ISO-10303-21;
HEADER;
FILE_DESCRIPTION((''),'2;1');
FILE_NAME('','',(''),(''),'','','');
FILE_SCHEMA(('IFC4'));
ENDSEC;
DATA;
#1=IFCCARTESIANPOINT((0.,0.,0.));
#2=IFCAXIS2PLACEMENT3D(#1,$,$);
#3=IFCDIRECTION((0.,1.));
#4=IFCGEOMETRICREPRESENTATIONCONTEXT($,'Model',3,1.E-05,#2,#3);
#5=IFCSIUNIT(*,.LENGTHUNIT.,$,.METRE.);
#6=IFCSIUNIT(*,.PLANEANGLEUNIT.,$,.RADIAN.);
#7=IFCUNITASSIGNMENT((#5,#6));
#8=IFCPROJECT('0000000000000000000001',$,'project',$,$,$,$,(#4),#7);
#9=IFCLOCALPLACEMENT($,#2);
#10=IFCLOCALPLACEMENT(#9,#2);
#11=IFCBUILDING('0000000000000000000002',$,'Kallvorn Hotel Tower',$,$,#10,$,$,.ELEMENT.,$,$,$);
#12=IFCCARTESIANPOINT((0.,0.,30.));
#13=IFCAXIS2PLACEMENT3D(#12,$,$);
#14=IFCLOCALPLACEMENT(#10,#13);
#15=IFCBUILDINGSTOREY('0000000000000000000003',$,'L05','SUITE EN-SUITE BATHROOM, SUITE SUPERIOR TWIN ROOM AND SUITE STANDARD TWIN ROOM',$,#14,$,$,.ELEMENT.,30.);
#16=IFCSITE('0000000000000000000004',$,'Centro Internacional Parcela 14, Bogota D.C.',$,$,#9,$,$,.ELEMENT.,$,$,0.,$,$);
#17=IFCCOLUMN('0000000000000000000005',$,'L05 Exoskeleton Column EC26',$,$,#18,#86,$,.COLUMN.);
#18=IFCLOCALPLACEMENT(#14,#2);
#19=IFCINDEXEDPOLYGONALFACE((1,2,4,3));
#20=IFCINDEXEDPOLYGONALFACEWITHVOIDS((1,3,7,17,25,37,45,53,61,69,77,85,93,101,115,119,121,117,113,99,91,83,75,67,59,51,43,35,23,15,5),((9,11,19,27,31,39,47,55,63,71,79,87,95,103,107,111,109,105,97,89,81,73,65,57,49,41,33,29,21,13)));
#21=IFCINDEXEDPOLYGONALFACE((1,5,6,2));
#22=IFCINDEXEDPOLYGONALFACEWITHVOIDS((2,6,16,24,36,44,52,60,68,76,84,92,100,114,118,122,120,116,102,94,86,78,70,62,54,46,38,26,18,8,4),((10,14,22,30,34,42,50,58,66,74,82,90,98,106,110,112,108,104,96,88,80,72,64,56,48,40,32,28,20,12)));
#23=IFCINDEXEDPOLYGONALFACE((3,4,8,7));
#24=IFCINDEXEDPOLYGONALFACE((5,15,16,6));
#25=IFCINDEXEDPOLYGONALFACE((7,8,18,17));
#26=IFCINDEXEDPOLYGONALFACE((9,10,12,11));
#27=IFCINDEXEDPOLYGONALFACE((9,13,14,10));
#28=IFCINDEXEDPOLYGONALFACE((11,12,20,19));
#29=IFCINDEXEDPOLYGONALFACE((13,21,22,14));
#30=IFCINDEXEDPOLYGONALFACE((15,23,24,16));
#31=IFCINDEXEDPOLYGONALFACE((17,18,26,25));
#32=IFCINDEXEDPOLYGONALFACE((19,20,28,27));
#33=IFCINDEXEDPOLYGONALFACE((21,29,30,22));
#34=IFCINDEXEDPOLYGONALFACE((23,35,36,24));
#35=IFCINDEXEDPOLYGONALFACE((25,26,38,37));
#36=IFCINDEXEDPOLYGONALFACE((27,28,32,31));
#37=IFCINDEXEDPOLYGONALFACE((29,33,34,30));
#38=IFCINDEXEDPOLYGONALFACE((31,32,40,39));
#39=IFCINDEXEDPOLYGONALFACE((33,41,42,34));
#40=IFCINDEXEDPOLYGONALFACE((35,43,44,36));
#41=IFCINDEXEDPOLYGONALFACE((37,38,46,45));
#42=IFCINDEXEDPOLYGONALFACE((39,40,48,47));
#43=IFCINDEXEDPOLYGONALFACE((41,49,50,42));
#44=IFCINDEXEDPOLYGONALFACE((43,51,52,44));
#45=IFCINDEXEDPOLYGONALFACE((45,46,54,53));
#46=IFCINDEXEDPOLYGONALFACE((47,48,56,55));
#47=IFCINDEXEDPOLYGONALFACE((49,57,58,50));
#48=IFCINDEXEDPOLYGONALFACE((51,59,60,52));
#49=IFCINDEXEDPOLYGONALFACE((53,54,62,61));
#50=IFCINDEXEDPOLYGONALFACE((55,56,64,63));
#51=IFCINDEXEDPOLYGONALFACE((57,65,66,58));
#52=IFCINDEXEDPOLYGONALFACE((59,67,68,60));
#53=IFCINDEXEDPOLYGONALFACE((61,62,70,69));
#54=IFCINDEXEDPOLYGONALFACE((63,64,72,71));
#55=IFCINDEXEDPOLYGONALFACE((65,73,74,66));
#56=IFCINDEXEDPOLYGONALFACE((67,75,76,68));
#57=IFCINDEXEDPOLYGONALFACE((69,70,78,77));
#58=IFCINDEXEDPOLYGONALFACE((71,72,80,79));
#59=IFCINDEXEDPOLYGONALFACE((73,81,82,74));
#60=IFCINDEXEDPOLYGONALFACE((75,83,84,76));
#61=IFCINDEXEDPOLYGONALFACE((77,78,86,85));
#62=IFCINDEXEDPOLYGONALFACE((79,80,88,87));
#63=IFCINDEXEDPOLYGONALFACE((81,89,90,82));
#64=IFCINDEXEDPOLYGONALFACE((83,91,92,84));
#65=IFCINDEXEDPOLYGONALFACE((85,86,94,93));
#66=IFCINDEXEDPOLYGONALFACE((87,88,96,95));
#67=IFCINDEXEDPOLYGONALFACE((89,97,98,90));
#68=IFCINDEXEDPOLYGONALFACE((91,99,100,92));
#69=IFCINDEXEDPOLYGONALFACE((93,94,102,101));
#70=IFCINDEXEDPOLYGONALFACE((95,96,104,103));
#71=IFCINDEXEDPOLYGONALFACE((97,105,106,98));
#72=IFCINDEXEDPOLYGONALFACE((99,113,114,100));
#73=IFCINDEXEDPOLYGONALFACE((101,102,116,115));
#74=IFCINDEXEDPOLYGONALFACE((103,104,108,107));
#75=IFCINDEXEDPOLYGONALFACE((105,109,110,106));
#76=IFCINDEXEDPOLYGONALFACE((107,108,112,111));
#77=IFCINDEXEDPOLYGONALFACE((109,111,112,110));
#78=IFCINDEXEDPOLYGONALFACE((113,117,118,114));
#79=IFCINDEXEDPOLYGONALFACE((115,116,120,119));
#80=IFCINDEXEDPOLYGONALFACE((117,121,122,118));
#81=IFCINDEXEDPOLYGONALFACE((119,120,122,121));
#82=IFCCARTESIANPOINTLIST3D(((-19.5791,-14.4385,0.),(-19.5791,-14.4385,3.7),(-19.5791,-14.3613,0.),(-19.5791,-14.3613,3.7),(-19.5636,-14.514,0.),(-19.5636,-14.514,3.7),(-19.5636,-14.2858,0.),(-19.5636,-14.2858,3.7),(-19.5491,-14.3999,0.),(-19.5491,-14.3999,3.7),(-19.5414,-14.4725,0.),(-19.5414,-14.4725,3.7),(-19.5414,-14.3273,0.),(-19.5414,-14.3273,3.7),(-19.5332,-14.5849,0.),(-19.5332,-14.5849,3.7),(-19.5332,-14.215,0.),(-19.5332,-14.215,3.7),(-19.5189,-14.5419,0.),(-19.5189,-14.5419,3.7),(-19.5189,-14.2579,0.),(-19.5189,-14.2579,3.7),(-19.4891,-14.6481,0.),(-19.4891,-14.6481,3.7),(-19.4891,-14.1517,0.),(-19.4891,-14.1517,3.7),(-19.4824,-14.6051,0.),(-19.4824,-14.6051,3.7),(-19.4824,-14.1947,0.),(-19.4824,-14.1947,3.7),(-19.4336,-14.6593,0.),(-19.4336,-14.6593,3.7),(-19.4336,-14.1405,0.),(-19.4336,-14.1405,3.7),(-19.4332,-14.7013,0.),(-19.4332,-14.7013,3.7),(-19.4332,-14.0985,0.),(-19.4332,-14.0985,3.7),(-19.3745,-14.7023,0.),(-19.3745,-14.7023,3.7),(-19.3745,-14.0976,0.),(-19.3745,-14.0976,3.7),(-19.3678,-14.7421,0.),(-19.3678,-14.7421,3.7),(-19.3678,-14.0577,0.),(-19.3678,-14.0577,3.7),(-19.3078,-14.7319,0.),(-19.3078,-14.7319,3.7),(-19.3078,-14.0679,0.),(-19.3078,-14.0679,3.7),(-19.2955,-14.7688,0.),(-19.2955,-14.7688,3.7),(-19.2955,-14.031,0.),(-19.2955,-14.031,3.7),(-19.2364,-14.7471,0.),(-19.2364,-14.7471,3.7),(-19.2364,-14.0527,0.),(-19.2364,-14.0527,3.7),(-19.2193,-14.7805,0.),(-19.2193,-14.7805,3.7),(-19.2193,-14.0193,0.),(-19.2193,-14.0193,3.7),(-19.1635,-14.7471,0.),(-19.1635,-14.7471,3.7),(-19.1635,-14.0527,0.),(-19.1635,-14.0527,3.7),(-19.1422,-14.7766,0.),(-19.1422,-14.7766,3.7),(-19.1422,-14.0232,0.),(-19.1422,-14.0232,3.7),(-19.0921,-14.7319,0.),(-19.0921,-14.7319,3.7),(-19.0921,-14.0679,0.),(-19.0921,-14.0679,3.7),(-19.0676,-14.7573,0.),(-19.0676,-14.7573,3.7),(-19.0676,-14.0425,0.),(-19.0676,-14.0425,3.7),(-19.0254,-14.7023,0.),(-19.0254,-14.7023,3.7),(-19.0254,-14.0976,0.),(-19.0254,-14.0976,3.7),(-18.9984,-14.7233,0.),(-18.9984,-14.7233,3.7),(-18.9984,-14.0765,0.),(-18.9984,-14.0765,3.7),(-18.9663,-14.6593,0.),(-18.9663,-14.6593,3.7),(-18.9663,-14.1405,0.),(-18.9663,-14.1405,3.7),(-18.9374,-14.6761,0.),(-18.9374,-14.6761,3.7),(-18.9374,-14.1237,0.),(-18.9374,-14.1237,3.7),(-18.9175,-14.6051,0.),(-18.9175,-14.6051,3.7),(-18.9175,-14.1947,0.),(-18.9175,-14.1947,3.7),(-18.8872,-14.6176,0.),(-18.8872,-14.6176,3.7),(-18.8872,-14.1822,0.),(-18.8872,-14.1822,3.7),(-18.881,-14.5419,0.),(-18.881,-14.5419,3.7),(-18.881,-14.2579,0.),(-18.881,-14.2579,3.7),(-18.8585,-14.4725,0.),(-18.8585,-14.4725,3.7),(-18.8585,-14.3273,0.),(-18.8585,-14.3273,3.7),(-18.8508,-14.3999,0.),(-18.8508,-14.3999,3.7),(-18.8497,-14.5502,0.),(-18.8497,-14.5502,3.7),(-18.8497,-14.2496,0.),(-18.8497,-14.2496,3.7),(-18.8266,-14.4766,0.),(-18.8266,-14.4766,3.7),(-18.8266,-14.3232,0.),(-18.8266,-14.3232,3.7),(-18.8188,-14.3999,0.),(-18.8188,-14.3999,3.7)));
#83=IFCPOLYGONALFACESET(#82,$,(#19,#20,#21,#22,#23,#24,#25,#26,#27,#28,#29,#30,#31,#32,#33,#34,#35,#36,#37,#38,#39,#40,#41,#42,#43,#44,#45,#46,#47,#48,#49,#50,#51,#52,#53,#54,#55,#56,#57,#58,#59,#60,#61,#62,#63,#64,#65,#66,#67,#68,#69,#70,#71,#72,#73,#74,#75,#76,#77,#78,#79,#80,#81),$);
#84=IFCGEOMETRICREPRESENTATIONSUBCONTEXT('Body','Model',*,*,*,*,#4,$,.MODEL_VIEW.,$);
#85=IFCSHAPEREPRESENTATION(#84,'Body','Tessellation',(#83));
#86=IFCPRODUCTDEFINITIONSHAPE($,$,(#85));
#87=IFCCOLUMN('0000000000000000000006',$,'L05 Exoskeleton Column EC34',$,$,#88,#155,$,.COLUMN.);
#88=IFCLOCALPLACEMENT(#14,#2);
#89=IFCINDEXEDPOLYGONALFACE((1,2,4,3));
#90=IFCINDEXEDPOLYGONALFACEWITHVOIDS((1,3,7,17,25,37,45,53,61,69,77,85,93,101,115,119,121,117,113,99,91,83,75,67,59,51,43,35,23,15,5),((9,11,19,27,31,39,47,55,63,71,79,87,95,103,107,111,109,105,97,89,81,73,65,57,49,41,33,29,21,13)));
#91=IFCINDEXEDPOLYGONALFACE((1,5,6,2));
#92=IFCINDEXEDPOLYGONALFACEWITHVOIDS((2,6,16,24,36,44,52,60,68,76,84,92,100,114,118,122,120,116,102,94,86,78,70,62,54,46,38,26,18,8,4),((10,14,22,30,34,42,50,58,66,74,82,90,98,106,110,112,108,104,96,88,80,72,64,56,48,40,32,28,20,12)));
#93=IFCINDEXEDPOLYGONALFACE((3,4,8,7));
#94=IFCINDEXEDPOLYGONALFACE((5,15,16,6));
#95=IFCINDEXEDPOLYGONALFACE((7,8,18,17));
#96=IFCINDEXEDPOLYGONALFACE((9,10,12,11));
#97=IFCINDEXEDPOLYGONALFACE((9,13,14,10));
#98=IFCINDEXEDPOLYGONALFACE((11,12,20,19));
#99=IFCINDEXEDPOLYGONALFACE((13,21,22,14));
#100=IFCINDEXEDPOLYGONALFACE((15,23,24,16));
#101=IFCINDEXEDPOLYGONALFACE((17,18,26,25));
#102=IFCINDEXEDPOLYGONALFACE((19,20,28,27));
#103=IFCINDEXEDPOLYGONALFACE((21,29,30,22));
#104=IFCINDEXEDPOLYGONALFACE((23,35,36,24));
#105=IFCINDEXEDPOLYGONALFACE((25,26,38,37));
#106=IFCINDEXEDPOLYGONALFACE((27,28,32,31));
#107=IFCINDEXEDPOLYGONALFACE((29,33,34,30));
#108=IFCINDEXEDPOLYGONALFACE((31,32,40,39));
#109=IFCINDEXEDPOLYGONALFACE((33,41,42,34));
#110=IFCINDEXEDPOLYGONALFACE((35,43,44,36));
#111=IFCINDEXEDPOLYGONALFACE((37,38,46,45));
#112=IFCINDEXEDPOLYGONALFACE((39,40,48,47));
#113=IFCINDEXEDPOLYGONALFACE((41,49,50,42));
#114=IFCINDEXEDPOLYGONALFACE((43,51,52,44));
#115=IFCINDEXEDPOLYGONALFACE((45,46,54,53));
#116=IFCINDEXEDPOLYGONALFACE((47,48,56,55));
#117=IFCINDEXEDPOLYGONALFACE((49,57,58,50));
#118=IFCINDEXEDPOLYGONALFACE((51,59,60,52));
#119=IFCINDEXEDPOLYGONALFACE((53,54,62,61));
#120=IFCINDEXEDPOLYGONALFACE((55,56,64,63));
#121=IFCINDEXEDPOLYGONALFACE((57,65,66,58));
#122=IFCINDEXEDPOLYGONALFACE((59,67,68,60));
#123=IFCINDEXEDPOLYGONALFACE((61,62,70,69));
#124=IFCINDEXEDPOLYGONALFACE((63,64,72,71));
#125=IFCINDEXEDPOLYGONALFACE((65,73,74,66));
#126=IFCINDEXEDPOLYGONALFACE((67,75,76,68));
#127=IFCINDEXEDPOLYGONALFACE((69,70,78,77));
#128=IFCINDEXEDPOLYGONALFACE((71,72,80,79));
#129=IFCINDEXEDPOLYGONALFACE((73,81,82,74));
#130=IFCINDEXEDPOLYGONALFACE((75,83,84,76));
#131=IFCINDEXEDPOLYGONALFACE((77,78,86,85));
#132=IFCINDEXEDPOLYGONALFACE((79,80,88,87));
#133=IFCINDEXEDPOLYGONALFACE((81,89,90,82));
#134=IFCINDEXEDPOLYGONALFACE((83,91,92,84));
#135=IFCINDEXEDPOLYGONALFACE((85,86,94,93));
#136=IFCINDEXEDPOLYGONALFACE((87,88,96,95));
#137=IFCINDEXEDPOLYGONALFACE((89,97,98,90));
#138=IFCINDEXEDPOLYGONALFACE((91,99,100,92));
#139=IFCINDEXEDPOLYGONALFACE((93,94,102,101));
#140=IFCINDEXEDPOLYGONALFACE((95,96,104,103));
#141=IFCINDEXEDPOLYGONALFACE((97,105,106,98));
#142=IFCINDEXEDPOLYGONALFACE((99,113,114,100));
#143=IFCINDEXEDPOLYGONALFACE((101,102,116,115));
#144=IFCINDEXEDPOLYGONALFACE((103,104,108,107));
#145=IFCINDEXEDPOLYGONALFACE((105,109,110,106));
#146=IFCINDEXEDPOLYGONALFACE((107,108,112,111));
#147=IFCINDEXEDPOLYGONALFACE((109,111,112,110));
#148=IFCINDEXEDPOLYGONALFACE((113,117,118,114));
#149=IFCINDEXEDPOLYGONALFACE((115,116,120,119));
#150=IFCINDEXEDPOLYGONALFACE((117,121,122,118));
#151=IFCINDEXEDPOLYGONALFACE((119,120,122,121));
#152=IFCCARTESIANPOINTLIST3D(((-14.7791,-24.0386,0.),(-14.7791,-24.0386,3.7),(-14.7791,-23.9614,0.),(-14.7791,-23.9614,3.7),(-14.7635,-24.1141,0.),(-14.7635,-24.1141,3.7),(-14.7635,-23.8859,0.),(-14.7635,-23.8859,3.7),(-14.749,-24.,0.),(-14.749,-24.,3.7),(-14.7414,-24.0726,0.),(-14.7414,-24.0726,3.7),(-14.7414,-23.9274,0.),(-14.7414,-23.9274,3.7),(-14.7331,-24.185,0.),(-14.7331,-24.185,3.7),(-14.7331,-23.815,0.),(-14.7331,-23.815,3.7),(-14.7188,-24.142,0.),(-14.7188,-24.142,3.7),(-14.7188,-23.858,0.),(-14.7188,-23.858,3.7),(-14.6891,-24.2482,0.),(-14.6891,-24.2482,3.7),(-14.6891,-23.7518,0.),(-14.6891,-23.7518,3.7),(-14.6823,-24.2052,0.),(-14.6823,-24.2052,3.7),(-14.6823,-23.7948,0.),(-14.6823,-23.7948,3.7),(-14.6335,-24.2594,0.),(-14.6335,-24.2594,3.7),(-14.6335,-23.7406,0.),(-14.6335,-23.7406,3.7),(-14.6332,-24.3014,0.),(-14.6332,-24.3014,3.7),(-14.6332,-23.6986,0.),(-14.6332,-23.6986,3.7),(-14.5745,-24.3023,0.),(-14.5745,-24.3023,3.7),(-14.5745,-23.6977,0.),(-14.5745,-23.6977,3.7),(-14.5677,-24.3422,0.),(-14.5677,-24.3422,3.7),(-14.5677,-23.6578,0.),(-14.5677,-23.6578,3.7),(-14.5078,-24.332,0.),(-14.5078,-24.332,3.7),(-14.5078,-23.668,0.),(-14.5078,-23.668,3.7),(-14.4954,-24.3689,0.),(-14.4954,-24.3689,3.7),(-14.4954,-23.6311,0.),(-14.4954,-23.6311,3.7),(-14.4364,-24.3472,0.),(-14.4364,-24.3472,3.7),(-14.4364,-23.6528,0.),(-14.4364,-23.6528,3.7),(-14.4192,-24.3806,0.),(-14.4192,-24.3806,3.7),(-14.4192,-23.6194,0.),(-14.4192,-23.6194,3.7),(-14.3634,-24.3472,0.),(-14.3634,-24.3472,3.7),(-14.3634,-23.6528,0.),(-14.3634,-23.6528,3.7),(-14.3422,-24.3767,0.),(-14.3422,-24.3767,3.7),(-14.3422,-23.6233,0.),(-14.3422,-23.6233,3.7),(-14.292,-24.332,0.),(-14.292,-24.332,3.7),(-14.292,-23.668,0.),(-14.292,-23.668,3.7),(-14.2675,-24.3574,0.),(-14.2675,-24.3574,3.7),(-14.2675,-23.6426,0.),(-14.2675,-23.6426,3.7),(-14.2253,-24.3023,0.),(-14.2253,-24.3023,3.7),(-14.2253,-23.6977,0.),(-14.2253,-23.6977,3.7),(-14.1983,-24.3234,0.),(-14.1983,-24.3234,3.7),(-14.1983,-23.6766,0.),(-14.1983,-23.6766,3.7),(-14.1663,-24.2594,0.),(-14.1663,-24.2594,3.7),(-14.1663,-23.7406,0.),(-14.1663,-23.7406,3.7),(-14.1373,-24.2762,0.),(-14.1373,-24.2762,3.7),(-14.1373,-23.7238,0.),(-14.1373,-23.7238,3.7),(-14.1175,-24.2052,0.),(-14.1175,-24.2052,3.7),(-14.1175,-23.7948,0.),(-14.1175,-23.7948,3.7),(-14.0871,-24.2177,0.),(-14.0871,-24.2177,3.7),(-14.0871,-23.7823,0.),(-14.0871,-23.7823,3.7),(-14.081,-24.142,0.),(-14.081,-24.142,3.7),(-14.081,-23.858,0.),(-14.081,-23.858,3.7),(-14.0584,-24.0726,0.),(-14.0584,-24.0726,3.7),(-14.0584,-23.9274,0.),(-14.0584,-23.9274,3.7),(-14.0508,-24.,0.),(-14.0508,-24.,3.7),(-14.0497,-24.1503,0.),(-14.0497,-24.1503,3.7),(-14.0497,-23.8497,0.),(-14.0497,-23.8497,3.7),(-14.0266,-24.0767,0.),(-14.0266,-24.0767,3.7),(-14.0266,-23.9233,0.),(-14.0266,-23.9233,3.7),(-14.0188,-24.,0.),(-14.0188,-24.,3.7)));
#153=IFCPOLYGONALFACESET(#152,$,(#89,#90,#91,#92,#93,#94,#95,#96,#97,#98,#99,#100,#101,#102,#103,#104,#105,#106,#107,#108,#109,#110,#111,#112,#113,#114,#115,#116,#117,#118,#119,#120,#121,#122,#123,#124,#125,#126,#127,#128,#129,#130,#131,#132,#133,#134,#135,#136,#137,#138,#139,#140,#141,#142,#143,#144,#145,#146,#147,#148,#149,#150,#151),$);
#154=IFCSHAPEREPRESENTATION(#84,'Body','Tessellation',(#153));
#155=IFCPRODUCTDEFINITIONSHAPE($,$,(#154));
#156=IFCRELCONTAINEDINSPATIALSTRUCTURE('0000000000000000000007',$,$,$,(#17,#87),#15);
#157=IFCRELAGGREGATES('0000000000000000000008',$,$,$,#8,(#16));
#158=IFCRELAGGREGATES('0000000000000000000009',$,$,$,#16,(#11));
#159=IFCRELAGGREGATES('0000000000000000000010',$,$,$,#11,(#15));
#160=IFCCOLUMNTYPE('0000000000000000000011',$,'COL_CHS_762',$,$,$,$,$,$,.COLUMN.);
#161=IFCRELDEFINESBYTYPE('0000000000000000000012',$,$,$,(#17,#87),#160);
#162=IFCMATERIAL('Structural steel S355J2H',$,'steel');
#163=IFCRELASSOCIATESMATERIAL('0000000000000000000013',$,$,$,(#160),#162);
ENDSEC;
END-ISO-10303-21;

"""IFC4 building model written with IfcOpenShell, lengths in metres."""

from ifc_helpers import new_model, si_unit, direction, frame, origin, origin_2d, place, context, subcontext, project, spatial, hollow_circle, extrude, material, material_profile, profile_set, type_object, element, save


model = new_model("IFC4")

# Units and contexts
model_context = context("Model", 3, precision=1e-05, world=origin(), true_north=direction((0.0, 1.0)))
body_context = subcontext(model_context, "Body", "Model", "MODEL_VIEW")
ifc_project = project(units=[si_unit("LENGTHUNIT", "METRE"), si_unit("PLANEANGLEUNIT", "RADIAN")], contexts=[model_context])

# Site, building, storey
site_placement = place(None, origin())
site = spatial("IfcSite", under=ifc_project, at=site_placement, Name="Centro Internacional Parcela 14, Bogota D.C.", CompositionType="ELEMENT", RefElevation=0.0)
building_placement = place(site_placement, origin())
building = spatial("IfcBuilding", under=site, at=building_placement, Name="Kallvorn Hotel Tower", CompositionType="ELEMENT")
storey_placement = place(building_placement, frame((0.0, 0.0, 30.0)))
storey = spatial("IfcBuildingStorey", under=building, at=storey_placement, Name="L05", Description="SUITE EN-SUITE BATHROOM, SUITE SUPERIOR TWIN ROOM AND SUITE STANDARD TWIN ROOM", CompositionType="ELEMENT", Elevation=30.0)

# Columns
ifc_material_1 = material(Name="Structural steel S355J2H", Category="steel")
ifc_material_profile_1 = material_profile(ifc_material_1, hollow_circle(Radius=0.3811, WallThickness=0.032, at=origin_2d()), Name="CHS 762x32")
ifc_profile_set_1 = profile_set([ifc_material_profile_1], Name="Structural steel S355J2H")
column_type_1 = type_object("IfcColumnType", Name="COL_CHS_762", PredefinedType="COLUMN", material=ifc_profile_set_1)
for number, where, z_axis, x_axis, name in (
    (1, (-19.2, -14.3999, 0.0), (0.0, 0.0, 1.0), (1.0, 0.0, 0.0), "L05 Exoskeleton Column EC26"),
    (2, (-14.3999, -24.0, 0.0), (0.0, 0.0, 1.0), (1.0, 0.0, 0.0), "L05 Exoskeleton Column EC34"),
):
    element("IfcColumn", number, at=place(storey_placement, frame(where, z_axis=z_axis, x_axis=x_axis)), inside=storey, type_object=column_type_1, Name=name, PredefinedType="COLUMN", context=body_context, shape_type="SweptSolid", body=[
        extrude(hollow_circle(Radius=0.3811, WallThickness=0.032, at=origin_2d()), origin(), (0.0, 0.0, 1.0), 3.7),
    ])

save(model, "model.ifc")
